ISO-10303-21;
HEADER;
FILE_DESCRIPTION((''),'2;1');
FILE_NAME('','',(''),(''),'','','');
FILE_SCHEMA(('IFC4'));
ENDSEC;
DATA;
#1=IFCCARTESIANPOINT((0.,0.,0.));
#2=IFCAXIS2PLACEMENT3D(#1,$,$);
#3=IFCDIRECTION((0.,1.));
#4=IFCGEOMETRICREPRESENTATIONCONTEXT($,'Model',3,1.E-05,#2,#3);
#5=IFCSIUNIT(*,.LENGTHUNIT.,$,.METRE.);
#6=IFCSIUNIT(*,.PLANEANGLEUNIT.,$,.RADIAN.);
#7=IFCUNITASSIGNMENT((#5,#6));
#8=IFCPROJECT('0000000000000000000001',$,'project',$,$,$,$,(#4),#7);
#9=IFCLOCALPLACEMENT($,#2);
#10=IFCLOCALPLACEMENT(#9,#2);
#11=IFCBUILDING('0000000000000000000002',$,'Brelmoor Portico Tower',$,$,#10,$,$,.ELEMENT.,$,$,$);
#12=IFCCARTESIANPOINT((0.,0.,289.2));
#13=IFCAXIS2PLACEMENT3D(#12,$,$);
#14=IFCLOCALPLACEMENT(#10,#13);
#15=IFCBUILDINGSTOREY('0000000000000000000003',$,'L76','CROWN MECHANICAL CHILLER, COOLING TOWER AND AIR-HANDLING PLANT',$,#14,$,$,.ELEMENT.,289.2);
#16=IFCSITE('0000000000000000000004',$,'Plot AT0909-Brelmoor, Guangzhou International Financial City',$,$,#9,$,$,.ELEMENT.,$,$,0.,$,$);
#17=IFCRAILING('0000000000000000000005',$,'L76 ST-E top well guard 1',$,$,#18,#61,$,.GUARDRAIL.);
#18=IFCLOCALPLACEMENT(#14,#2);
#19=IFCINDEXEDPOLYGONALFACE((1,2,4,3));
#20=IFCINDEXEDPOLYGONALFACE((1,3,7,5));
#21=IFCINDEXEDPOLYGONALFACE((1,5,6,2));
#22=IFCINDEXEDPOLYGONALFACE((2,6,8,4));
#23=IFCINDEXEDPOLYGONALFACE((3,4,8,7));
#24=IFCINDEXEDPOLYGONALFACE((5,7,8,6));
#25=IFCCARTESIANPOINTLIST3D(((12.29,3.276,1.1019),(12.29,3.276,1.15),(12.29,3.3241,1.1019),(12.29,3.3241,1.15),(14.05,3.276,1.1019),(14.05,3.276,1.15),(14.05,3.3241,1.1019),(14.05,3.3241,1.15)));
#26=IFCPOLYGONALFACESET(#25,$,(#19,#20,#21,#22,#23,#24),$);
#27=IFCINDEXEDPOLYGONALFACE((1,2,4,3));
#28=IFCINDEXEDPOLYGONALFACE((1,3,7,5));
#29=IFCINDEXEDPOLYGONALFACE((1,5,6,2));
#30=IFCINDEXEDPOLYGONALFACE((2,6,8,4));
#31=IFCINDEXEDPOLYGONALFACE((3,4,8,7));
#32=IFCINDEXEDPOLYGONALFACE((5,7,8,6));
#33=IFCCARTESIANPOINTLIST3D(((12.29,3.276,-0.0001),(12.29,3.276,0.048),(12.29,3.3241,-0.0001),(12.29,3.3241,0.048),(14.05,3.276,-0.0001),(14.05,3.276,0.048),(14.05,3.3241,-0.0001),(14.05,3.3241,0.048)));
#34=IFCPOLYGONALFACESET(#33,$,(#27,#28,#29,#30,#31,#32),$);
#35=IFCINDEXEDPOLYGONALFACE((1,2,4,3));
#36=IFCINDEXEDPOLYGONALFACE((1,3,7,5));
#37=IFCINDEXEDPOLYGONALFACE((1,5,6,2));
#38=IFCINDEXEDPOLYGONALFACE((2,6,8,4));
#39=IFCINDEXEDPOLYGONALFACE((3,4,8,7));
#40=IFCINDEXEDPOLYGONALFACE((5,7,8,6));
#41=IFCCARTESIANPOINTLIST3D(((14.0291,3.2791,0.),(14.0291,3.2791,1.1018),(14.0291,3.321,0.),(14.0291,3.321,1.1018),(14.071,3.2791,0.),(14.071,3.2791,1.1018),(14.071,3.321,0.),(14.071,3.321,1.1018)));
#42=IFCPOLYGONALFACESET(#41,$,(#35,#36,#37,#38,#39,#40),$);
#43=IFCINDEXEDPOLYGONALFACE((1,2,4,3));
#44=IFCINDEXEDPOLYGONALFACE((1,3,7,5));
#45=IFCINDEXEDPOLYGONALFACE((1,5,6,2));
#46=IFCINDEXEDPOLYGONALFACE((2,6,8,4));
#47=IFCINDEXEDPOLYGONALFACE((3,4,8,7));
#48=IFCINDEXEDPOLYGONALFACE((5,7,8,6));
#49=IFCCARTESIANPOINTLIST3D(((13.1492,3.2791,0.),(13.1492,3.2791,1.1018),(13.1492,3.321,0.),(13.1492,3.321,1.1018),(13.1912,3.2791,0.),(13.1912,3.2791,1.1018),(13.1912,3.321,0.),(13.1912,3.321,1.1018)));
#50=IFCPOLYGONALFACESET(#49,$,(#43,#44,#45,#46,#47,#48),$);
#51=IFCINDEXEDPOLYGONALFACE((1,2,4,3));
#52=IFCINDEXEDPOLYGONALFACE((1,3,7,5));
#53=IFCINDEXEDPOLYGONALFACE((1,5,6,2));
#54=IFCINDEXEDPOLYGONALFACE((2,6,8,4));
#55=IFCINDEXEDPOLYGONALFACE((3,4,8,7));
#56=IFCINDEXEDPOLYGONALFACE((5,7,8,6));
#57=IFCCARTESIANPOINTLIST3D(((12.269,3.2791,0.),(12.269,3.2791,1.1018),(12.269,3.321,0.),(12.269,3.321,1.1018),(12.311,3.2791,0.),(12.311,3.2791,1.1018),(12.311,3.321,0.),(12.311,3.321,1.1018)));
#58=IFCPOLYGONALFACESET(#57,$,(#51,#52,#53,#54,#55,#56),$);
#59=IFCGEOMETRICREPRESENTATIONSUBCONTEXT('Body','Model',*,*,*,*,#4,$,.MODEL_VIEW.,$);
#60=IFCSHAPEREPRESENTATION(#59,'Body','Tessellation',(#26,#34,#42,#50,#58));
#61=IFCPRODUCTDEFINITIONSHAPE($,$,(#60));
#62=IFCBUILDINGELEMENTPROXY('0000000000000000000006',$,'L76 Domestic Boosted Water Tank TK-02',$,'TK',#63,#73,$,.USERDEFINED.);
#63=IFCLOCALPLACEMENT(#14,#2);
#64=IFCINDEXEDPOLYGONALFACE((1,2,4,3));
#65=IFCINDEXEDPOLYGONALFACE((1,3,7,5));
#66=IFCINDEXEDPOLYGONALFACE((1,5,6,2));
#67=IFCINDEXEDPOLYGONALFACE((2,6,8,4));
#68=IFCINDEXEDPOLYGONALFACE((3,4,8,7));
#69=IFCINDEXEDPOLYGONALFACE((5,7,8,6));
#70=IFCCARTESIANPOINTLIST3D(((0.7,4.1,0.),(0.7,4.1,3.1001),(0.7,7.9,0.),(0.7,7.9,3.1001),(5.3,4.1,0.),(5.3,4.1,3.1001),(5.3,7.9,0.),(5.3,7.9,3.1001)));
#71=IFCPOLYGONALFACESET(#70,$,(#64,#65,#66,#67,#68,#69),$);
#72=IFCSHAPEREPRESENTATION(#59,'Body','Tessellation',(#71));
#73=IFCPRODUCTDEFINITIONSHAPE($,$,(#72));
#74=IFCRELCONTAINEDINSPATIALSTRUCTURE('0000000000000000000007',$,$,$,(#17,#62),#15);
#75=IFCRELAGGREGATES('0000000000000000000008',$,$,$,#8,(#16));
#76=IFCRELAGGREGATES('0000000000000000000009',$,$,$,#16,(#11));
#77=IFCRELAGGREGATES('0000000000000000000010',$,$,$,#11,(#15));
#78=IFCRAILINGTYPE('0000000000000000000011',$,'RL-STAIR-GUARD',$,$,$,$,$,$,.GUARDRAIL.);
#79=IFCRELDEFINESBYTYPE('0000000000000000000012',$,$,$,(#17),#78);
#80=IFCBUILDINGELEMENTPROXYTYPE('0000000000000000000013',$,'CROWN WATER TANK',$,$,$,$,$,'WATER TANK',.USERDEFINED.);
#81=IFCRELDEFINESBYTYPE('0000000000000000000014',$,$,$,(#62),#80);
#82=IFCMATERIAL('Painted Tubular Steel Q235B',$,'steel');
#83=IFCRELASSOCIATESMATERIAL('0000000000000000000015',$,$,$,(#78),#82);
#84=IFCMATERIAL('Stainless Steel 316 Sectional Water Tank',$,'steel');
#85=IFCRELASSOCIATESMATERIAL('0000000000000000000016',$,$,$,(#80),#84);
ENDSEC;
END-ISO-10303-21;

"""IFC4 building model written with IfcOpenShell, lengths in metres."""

from ifc_helpers import new_model, si_unit, direction, frame, origin, origin_2d, place, context, subcontext, project, spatial, rectangle, extrude, material, type_object, element, save


model = new_model("IFC4")

# Units and contexts
model_context = context("Model", 3, precision=1e-05, world=origin(), true_north=direction((0.0, 1.0)))
body_context = subcontext(model_context, "Body", "Model", "MODEL_VIEW")
ifc_project = project(units=[si_unit("LENGTHUNIT", "METRE"), si_unit("PLANEANGLEUNIT", "RADIAN")], contexts=[model_context])

# Site, building, storey
site_placement = place(None, origin())
site = spatial("IfcSite", under=ifc_project, at=site_placement, Name="Plot AT0909-Brelmoor, Guangzhou International Financial City", CompositionType="ELEMENT", RefElevation=0.0)
building_placement = place(site_placement, origin())
building = spatial("IfcBuilding", under=site, at=building_placement, Name="Brelmoor Portico Tower", CompositionType="ELEMENT")
storey_placement = place(building_placement, frame((0.0, 0.0, 289.2)))
storey = spatial("IfcBuildingStorey", under=building, at=storey_placement, Name="L76", Description="CROWN MECHANICAL CHILLER, COOLING TOWER AND AIR-HANDLING PLANT", CompositionType="ELEMENT", Elevation=289.2)

# Railing
ifc_material_1 = material(Name="Painted Tubular Steel Q235B", Category="steel")
railing_type = type_object("IfcRailingType", Name="RL-STAIR-GUARD", PredefinedType="GUARDRAIL", material=ifc_material_1)
railing_placement = place(storey_placement, frame((14.05, 3.3, 0.0)))
element("IfcRailing", 1, at=railing_placement, inside=storey, type_object=railing_type, Name="L76 ST-E top well guard 1", PredefinedType="GUARDRAIL", context=body_context, shape_type="SweptSolid", body=[
    extrude(rectangle(XDim=0.0481, YDim=0.0481, at=origin_2d()), frame((0.0, 0.0, 1.126), z_axis=(-1.0, 0.0, 0.0), x_axis=(0.0, -1.0, 0.0)), (0.0, 0.0, 1.0), 1.76),
    extrude(rectangle(XDim=0.0481, YDim=0.0481, at=origin_2d()), frame((0.0, 0.0, 0.0239), z_axis=(-1.0, 0.0, 0.0), x_axis=(0.0, -1.0, 0.0)), (0.0, 0.0, 1.0), 1.76),
    extrude(rectangle(XDim=0.042, YDim=0.042, at=origin_2d()), origin(), (0.0, 0.0, 1.0), 1.1018),
    extrude(rectangle(XDim=0.042, YDim=0.042, at=origin_2d()), frame((-0.8799, 0.0, 0.0)), (0.0, 0.0, 1.0), 1.1018),
    extrude(rectangle(XDim=0.042, YDim=0.042, at=origin_2d()), frame((-1.76, 0.0, 0.0)), (0.0, 0.0, 1.0), 1.1018),
])

# Building element proxy
ifc_material_2 = material(Name="Stainless Steel 316 Sectional Water Tank", Category="steel")
building_element_proxy_type = type_object("IfcBuildingElementProxyType", Name="CROWN WATER TANK", ElementType="WATER TANK", PredefinedType="USERDEFINED", material=ifc_material_2)
proxy_placement = place(storey_placement, frame((3.0, 6.0, 0.0), z_axis=(0.0, 0.0, 1.0), x_axis=(1.0, 0.0, 0.0)))
element("IfcBuildingElementProxy", 2, at=proxy_placement, inside=storey, type_object=building_element_proxy_type, Name="L76 Domestic Boosted Water Tank TK-02", ObjectType="TK", PredefinedType="USERDEFINED", context=body_context, shape_type="SweptSolid", body=[
    extrude(rectangle(XDim=4.6001, YDim=3.8, at=origin_2d()), origin(), (0.0, 0.0, 1.0), 3.1001),
])

save(model, "model.ifc")
